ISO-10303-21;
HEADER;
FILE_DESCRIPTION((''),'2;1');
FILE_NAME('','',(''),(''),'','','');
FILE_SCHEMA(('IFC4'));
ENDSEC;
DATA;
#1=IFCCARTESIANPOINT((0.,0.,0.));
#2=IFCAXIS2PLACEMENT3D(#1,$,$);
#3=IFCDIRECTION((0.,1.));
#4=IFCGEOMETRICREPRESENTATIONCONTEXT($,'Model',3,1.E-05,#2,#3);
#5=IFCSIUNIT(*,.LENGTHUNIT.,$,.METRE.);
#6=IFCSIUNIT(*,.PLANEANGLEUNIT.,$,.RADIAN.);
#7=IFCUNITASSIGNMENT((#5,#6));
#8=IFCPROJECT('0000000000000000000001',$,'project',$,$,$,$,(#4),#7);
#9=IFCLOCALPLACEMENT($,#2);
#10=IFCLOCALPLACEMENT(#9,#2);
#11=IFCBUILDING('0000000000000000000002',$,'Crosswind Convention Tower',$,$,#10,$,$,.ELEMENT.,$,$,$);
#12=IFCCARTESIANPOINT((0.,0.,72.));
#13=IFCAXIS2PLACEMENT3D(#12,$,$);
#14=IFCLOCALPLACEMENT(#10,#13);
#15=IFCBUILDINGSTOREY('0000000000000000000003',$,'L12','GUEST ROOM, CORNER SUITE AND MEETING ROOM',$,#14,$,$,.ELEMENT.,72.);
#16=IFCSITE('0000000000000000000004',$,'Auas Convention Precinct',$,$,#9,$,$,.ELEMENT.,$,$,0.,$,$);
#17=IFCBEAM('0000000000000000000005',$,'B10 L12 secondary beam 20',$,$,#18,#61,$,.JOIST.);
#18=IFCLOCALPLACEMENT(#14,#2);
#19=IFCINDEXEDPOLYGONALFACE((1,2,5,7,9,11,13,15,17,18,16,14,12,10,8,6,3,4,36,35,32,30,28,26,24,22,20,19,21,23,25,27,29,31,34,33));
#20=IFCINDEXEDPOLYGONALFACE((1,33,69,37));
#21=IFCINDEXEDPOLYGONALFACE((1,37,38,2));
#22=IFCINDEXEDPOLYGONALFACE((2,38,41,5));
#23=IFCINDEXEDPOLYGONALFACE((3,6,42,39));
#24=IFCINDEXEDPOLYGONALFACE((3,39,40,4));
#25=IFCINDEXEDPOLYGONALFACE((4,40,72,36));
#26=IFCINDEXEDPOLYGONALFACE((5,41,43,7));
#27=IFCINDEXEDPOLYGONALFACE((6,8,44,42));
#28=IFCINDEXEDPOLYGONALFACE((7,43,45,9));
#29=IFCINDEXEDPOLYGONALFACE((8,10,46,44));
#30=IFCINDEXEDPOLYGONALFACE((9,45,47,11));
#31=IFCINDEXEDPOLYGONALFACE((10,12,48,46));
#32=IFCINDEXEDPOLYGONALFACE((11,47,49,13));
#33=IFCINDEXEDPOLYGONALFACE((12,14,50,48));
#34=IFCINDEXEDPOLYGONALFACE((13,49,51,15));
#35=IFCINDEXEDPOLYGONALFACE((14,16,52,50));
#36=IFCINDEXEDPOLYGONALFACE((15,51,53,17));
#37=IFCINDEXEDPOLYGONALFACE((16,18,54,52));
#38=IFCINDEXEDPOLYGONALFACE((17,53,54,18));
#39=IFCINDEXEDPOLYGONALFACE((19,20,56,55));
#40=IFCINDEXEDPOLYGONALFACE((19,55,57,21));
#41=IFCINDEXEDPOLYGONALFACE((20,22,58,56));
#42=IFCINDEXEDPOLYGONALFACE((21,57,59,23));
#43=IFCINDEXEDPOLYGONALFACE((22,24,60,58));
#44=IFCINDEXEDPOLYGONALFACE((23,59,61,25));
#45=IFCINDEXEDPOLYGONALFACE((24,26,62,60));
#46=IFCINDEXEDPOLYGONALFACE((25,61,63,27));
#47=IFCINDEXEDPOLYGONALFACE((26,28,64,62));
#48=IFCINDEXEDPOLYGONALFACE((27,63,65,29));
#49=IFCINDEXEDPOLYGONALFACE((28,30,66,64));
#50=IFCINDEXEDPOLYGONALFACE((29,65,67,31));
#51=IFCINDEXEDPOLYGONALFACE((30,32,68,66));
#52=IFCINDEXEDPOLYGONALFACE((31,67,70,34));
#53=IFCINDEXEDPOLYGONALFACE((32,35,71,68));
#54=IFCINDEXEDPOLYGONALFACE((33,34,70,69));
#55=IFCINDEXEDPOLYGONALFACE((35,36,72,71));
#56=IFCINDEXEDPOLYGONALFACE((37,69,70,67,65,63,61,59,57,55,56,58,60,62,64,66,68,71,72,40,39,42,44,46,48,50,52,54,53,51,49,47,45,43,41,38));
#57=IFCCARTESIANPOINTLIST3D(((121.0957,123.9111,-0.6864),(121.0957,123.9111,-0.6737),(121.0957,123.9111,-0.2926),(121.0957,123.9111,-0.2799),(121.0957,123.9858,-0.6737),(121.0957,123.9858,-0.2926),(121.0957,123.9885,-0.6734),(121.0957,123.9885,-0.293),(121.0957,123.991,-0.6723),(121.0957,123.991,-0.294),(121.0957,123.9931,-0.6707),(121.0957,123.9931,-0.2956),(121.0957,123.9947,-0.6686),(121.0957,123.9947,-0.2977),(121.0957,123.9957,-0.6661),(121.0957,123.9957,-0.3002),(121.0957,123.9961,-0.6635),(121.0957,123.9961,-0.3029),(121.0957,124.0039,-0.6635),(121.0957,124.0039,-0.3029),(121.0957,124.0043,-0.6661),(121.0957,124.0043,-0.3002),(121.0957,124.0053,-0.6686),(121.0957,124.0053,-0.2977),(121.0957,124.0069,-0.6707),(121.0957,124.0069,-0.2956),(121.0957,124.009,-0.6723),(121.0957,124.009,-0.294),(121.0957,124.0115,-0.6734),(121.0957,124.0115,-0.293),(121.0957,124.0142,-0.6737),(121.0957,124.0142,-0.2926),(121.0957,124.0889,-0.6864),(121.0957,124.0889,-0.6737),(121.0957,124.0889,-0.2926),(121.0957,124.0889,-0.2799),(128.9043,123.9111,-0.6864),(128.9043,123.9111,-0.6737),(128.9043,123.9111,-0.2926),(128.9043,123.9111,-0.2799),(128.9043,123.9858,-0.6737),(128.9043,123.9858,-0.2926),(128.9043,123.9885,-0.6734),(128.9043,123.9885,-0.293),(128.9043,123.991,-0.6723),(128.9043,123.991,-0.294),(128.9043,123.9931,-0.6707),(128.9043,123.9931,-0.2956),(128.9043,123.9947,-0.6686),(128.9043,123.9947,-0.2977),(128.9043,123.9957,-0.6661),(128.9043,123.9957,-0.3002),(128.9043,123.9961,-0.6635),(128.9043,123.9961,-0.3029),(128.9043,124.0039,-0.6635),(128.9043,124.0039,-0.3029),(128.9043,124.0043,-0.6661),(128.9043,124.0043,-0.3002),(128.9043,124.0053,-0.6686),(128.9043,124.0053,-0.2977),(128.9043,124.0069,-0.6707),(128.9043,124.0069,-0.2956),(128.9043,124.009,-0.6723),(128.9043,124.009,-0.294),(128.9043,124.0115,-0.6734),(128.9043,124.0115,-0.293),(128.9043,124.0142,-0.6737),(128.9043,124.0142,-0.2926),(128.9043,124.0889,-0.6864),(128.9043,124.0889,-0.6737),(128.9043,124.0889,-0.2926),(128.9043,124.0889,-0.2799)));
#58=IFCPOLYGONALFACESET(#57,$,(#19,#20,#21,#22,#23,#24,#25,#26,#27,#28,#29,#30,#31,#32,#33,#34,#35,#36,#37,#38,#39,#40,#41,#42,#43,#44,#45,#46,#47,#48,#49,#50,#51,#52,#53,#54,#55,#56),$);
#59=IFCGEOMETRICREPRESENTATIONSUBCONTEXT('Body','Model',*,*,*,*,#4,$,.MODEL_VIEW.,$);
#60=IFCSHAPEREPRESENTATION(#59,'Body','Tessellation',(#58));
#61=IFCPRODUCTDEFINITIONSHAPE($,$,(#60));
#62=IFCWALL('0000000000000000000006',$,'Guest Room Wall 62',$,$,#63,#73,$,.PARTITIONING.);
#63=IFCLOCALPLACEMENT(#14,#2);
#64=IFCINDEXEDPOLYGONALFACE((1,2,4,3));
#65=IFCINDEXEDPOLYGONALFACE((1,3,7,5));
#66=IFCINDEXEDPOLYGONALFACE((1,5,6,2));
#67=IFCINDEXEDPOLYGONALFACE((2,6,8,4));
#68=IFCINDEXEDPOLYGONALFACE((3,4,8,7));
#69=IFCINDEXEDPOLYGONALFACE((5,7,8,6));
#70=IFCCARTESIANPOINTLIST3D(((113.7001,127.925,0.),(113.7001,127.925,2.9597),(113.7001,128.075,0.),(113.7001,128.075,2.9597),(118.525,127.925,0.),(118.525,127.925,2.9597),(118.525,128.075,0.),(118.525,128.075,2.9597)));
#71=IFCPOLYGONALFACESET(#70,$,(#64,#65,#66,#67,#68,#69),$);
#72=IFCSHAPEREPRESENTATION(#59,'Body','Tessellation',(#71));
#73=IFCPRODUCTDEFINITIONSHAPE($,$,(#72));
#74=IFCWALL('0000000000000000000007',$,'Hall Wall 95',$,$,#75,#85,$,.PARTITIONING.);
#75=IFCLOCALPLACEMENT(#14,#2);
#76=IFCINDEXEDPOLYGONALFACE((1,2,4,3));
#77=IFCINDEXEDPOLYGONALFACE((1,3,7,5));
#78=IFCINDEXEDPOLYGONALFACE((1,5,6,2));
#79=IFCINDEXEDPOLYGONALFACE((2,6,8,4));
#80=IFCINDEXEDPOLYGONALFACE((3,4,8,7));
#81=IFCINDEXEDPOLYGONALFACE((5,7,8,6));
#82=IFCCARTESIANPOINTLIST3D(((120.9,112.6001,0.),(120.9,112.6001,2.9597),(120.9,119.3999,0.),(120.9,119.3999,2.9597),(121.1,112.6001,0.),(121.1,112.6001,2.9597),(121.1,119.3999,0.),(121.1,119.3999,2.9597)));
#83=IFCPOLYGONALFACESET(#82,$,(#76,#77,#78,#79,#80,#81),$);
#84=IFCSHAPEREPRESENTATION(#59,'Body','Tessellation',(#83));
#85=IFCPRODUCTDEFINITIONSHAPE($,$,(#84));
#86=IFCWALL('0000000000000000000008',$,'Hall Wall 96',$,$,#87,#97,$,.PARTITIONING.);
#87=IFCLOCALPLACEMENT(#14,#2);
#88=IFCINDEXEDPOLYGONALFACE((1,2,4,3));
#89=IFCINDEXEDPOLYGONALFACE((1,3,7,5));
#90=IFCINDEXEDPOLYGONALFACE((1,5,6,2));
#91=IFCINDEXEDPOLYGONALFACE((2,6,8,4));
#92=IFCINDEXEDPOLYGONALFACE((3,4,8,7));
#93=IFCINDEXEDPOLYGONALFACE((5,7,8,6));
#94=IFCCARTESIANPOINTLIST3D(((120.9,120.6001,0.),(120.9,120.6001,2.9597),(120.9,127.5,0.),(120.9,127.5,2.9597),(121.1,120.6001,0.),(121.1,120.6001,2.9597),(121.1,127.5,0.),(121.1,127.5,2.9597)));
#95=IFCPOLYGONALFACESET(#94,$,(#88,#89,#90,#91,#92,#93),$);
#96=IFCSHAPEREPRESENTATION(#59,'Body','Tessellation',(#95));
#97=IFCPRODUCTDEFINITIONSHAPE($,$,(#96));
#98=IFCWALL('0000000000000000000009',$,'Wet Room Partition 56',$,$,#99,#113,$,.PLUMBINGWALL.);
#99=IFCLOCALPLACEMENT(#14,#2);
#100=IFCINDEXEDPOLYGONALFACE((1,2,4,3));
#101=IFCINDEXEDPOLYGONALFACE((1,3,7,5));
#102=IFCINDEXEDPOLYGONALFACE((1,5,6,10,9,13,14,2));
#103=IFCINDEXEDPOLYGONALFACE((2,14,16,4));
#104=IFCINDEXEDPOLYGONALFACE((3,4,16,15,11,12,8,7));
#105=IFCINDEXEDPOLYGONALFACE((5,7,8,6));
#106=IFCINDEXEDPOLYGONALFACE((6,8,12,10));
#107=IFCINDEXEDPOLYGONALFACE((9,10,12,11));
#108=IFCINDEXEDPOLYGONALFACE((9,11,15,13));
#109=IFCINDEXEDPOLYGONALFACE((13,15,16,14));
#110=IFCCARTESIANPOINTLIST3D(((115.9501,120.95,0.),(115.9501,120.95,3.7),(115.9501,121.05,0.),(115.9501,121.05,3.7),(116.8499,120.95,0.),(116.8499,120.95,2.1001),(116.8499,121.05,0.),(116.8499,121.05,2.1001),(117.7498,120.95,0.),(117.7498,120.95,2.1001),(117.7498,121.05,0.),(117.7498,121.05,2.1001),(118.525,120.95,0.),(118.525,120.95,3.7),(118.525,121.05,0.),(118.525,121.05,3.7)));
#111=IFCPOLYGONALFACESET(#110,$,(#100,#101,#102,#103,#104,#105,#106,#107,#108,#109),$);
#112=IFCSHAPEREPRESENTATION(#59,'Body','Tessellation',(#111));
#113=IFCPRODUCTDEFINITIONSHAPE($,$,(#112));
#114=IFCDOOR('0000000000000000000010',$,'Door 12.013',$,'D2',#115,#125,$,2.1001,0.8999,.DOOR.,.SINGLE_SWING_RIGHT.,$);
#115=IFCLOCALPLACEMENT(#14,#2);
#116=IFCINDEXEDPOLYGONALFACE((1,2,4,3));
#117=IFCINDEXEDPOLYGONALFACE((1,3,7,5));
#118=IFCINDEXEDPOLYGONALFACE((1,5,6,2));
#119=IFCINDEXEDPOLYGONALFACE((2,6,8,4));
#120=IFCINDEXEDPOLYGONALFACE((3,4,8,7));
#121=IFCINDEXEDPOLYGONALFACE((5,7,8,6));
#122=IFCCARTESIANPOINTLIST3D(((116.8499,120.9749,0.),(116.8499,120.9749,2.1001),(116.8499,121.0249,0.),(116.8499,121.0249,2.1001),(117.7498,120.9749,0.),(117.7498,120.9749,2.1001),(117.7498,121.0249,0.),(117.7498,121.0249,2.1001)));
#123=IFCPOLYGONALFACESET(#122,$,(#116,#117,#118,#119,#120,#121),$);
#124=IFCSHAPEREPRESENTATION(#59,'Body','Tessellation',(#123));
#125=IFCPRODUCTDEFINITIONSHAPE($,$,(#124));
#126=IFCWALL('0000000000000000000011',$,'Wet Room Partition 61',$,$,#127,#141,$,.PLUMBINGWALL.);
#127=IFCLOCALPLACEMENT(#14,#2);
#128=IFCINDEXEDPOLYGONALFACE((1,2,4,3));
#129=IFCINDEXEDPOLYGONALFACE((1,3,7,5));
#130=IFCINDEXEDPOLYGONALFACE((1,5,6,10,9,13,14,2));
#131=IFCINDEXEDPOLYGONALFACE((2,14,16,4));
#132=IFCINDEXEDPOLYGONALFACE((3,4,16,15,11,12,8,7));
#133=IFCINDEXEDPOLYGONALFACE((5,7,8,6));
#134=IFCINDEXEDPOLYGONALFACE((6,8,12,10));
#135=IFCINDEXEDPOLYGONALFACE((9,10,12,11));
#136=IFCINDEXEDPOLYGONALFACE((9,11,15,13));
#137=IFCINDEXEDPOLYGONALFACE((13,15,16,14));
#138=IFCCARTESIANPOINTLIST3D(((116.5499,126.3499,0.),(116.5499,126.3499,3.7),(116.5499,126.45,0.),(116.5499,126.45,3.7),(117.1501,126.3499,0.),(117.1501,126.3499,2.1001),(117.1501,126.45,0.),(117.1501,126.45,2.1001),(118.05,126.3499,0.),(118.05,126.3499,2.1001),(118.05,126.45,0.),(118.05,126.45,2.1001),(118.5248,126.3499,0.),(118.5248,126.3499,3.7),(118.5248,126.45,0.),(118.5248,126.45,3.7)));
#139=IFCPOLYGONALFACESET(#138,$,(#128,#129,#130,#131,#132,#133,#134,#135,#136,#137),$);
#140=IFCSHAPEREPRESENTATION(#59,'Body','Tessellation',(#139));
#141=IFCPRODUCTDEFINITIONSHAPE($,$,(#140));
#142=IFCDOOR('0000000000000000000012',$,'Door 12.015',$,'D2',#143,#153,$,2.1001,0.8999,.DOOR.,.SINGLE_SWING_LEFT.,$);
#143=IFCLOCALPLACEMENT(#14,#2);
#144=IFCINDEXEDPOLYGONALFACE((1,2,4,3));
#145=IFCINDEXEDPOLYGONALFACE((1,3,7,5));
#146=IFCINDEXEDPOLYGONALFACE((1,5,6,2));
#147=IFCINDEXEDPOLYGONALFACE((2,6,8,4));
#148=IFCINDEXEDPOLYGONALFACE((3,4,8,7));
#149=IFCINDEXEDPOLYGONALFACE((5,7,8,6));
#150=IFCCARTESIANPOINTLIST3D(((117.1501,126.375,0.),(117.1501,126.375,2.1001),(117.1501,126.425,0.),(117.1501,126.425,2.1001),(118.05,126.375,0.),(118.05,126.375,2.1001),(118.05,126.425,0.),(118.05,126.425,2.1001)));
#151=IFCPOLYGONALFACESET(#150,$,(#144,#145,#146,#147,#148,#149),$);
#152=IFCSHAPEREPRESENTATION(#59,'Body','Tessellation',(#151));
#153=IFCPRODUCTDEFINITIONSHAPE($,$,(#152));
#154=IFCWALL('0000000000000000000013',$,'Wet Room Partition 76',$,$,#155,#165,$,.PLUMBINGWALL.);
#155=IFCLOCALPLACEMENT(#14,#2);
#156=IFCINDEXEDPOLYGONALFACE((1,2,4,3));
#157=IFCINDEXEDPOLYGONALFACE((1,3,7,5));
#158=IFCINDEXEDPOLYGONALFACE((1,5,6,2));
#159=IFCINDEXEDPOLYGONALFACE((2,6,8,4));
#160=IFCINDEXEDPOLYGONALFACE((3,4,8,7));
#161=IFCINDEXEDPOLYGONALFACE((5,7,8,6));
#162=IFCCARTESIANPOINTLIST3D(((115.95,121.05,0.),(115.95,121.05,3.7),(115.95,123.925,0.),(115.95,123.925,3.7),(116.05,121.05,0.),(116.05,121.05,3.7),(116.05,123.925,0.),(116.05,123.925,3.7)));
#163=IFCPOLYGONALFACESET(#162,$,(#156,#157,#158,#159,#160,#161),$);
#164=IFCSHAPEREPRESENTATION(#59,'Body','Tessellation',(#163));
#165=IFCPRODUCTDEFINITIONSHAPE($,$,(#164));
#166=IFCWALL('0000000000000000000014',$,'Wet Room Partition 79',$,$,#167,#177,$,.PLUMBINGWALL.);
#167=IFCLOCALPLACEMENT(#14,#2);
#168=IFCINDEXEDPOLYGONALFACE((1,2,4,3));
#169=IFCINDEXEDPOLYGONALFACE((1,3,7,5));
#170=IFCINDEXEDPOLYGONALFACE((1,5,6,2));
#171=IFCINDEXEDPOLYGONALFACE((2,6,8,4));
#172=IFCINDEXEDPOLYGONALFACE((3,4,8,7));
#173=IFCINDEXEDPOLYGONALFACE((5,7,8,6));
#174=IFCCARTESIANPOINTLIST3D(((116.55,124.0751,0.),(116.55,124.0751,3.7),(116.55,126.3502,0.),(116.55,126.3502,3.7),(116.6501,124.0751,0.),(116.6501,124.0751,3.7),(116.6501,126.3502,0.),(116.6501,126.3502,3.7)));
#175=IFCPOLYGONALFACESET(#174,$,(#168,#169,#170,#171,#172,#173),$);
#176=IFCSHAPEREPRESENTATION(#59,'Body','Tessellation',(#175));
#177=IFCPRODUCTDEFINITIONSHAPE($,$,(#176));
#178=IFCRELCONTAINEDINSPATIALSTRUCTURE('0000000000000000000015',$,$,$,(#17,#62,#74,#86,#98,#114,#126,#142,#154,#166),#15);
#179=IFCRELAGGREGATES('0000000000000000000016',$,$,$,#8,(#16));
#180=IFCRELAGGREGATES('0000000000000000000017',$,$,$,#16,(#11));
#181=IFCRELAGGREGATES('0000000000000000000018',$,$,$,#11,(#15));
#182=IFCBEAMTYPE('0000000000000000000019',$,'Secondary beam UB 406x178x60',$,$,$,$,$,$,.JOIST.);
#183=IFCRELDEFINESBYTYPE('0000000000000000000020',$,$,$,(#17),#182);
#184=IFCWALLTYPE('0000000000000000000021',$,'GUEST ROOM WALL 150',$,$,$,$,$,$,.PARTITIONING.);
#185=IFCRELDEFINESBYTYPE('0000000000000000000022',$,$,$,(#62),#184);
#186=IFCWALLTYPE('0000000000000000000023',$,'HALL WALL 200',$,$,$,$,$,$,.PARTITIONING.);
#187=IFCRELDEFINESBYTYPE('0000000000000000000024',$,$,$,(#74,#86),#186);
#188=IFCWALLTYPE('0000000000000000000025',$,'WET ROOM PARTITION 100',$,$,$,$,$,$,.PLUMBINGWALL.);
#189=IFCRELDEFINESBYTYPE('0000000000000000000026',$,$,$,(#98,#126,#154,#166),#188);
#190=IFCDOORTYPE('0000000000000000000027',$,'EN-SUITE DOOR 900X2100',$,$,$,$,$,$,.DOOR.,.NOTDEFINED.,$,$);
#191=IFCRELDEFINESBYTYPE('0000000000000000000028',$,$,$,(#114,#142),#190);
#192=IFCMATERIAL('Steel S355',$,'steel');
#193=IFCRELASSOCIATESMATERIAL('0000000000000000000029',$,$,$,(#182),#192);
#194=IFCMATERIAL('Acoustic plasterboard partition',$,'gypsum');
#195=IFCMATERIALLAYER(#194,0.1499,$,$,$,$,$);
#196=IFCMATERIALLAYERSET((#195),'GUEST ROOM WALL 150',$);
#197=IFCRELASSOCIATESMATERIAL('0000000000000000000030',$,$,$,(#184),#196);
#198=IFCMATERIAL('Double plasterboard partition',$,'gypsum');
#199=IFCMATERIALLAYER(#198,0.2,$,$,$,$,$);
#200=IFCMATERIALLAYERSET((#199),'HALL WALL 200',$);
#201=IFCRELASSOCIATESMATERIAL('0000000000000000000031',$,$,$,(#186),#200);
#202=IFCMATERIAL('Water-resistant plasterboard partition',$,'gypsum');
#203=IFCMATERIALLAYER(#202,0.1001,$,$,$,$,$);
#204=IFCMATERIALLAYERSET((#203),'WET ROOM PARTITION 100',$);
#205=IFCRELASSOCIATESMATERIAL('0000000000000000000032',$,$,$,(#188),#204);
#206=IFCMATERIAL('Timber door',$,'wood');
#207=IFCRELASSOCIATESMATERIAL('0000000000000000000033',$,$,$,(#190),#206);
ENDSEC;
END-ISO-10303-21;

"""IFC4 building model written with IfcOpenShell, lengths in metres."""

from ifc_helpers import new_model, si_unit, direction, frame, frame_2d, origin, origin_2d, place, context, subcontext, project, spatial, rectangle, i_section, extrude, material, layer, layer_set, material_profile, profile_set, type_object, element, fill, save


model = new_model("IFC4")

# Units and contexts
model_context = context("Model", 3, precision=1e-05, world=origin(), true_north=direction((0.0, 1.0)))
body_context = subcontext(model_context, "Body", "Model", "MODEL_VIEW")
ifc_project = project(units=[si_unit("LENGTHUNIT", "METRE"), si_unit("PLANEANGLEUNIT", "RADIAN")], contexts=[model_context])

# Site, building, storey
site_placement = place(None, origin())
site = spatial("IfcSite", under=ifc_project, at=site_placement, Name="Auas Convention Precinct", CompositionType="ELEMENT", RefElevation=0.0)
building_placement = place(site_placement, origin())
building = spatial("IfcBuilding", under=site, at=building_placement, Name="Crosswind Convention Tower", CompositionType="ELEMENT")
storey_placement = place(building_placement, frame((0.0, 0.0, 72.0)))
storey = spatial("IfcBuildingStorey", under=building, at=storey_placement, Name="L12", Description="GUEST ROOM, CORNER SUITE AND MEETING ROOM", CompositionType="ELEMENT", Elevation=72.0)

# Beam
ifc_material_1 = material(Name="Steel S355", Category="steel")
ifc_material_profile_1 = material_profile(ifc_material_1, i_section(OverallWidth=0.1777, OverallDepth=0.4065, WebThickness=0.0078, FlangeThickness=0.0127, FilletRadius=0.0103, at=origin_2d()), Name="UB 406x178x60")
ifc_profile_set_1 = profile_set([ifc_material_profile_1], Name="Steel S355")
beam_type_1 = type_object("IfcBeamType", Name="Secondary beam UB 406x178x60", PredefinedType="JOIST", material=ifc_profile_set_1)
for number, where, z_axis, x_axis, name in (
    (1, (121.0957, 124.0, -0.4832), (1.0, 0.0, 0.0), (0.0, 1.0, 0.0), "B10 L12 secondary beam 20"),
):
    element("IfcBeam", number, at=place(storey_placement, frame(where, z_axis=z_axis, x_axis=x_axis)), inside=storey, type_object=beam_type_1, Name=name, PredefinedType="JOIST", context=body_context, shape_type="SweptSolid", body=[
        extrude(i_section(OverallWidth=0.1777, OverallDepth=0.4065, WebThickness=0.0078, FlangeThickness=0.0127, FilletRadius=0.0103, at=origin_2d()), origin(), (0.0, 0.0, 1.0), 7.8086),
    ])

# Walls
ifc_material_2 = material(Name="Acoustic plasterboard partition", Category="gypsum")
ifc_layer_1 = layer(ifc_material_2, 0.1499)
ifc_layer_set_1 = layer_set([ifc_layer_1], Name="GUEST ROOM WALL 150")
wall_type_1 = type_object("IfcWallType", Name="GUEST ROOM WALL 150", PredefinedType="PARTITIONING", material=ifc_layer_set_1)
wall_1_placement = place(storey_placement, frame((113.7, 128.0, 0.0), z_axis=(0.0, 0.0, 1.0), x_axis=(1.0, 0.0, 0.0)))
element("IfcWall", 2, at=wall_1_placement, inside=storey, type_object=wall_type_1, Name="Guest Room Wall 62", PredefinedType="PARTITIONING", context=body_context, shape_type="SweptSolid", body=[
    extrude(rectangle(XDim=4.825, YDim=0.1499, at=frame_2d((2.4126, 0.0))), origin(), (0.0, 0.0, 1.0), 2.9597),
])
ifc_material_3 = material(Name="Double plasterboard partition", Category="gypsum")
ifc_layer_2 = layer(ifc_material_3, 0.2)
ifc_layer_set_2 = layer_set([ifc_layer_2], Name="HALL WALL 200")
wall_type_2 = type_object("IfcWallType", Name="HALL WALL 200", PredefinedType="PARTITIONING", material=ifc_layer_set_2)
wall_2_placement = place(storey_placement, frame((121.0, 112.6001, 0.0), z_axis=(0.0, 0.0, 1.0), x_axis=(0.0, 1.0, 0.0)))
element("IfcWall", 3, at=wall_2_placement, inside=storey, type_object=wall_type_2, Name="Hall Wall 95", PredefinedType="PARTITIONING", context=body_context, shape_type="SweptSolid", body=[
    extrude(rectangle(XDim=6.7998, YDim=0.2, at=frame_2d((3.3999, 0.0))), origin(), (0.0, 0.0, 1.0), 2.9597),
])
wall_3_placement = place(storey_placement, frame((121.0, 120.6001, 0.0), z_axis=(0.0, 0.0, 1.0), x_axis=(0.0, 1.0, 0.0)))
element("IfcWall", 4, at=wall_3_placement, inside=storey, type_object=wall_type_2, Name="Hall Wall 96", PredefinedType="PARTITIONING", context=body_context, shape_type="SweptSolid", body=[
    extrude(rectangle(XDim=6.8999, YDim=0.2, at=frame_2d((3.45, 0.0))), origin(), (0.0, 0.0, 1.0), 2.9597),
])

# Walls, openings, doors
ifc_material_4 = material(Name="Water-resistant plasterboard partition", Category="gypsum")
ifc_layer_3 = layer(ifc_material_4, 0.1001)
ifc_layer_set_3 = layer_set([ifc_layer_3], Name="WET ROOM PARTITION 100")
wall_type_3 = type_object("IfcWallType", Name="WET ROOM PARTITION 100", PredefinedType="PLUMBINGWALL", material=ifc_layer_set_3)
wall_4_placement = place(storey_placement, frame((115.95, 121.0, 0.0), z_axis=(0.0, 0.0, 1.0), x_axis=(1.0, 0.0, 0.0)))
wall_4 = element("IfcWall", 5, at=wall_4_placement, inside=storey, type_object=wall_type_3, Name="Wet Room Partition 56", PredefinedType="PLUMBINGWALL", context=body_context, shape_type="SweptSolid", body=[
    extrude(rectangle(XDim=2.575, YDim=0.1001, at=frame_2d((1.2876, 0.0))), origin(), (0.0, 0.0, 1.0), 3.7),
])
opening_1_placement = place(wall_4_placement, frame((0.8999, 0.0, 0.0)))
opening_1 = element("IfcOpeningElement", 6, at=opening_1_placement, cuts=wall_4, PredefinedType="OPENING", context=body_context, shape_type="SweptSolid", body=[
    extrude(rectangle(XDim=0.8999, YDim=2.1001, at=frame_2d((0.45, 1.05))), frame((0.0, 0.0601, 0.0), z_axis=(0.0, -1.0, 0.0), x_axis=(1.0, 0.0, 0.0)), (0.0, 0.0, 1.0), 0.1201),
])
ifc_material_5 = material(Name="Timber door", Category="wood")
door_type = type_object("IfcDoorType", Name="EN-SUITE DOOR 900X2100", OperationType="NOTDEFINED", PredefinedType="DOOR", material=ifc_material_5)
door_1_placement = place(opening_1_placement, origin())
door_1 = element("IfcDoor", 7, at=door_1_placement, inside=storey, type_object=door_type, Name="Door 12.013", ObjectType="D2", OperationType="SINGLE_SWING_RIGHT", OverallHeight=2.1001, OverallWidth=0.8999, PredefinedType="DOOR", context=body_context, shape_type="SweptSolid", body=[
    extrude(rectangle(XDim=0.8999, YDim=2.1001, at=frame_2d((0.45, 1.05))), frame((0.0, 0.0249, 0.0), z_axis=(0.0, -1.0, 0.0), x_axis=(1.0, 0.0, 0.0)), (0.0, 0.0, 1.0), 0.05),
])
fill(opening_1, door_1)
wall_5_placement = place(storey_placement, frame((116.55, 126.3999, 0.0), z_axis=(0.0, 0.0, 1.0), x_axis=(1.0, 0.0, 0.0)))
wall_5 = element("IfcWall", 8, at=wall_5_placement, inside=storey, type_object=wall_type_3, Name="Wet Room Partition 61", PredefinedType="PLUMBINGWALL", context=body_context, shape_type="SweptSolid", body=[
    extrude(rectangle(XDim=1.9749, YDim=0.1001, at=frame_2d((0.9873, 0.0))), origin(), (0.0, 0.0, 1.0), 3.7),
])
opening_2_placement = place(wall_5_placement, frame((0.6001, 0.0, 0.0)))
opening_2 = element("IfcOpeningElement", 9, at=opening_2_placement, cuts=wall_5, PredefinedType="OPENING", context=body_context, shape_type="SweptSolid", body=[
    extrude(rectangle(XDim=0.8999, YDim=2.1001, at=frame_2d((0.45, 1.05))), frame((0.0, 0.0601, 0.0), z_axis=(0.0, -1.0, 0.0), x_axis=(1.0, 0.0, 0.0)), (0.0, 0.0, 1.0), 0.1201),
])
door_2_placement = place(opening_2_placement, frame((0.8999, 0.0, 0.0), z_axis=(0.0, 0.0, 1.0), x_axis=(-1.0, 0.0, 0.0)))
door_2 = element("IfcDoor", 10, at=door_2_placement, inside=storey, type_object=door_type, Name="Door 12.015", ObjectType="D2", OperationType="SINGLE_SWING_LEFT", OverallHeight=2.1001, OverallWidth=0.8999, PredefinedType="DOOR", context=body_context, shape_type="SweptSolid", body=[
    extrude(rectangle(XDim=0.8999, YDim=2.1001, at=frame_2d((0.45, 1.05))), frame((0.0, 0.0249, 0.0), z_axis=(0.0, -1.0, 0.0), x_axis=(1.0, 0.0, 0.0)), (0.0, 0.0, 1.0), 0.05),
])
fill(opening_2, door_2)

# Walls
wall_6_placement = place(storey_placement, frame((116.0, 121.05, 0.0), z_axis=(0.0, 0.0, 1.0), x_axis=(0.0, 1.0, 0.0)))
element("IfcWall", 11, at=wall_6_placement, inside=storey, type_object=wall_type_3, Name="Wet Room Partition 76", PredefinedType="PLUMBINGWALL", context=body_context, shape_type="SweptSolid", body=[
    extrude(rectangle(XDim=2.875, YDim=0.1001, at=frame_2d((1.4375, 0.0))), origin(), (0.0, 0.0, 1.0), 3.7),
])
wall_7_placement = place(storey_placement, frame((116.6001, 124.075, 0.0), z_axis=(0.0, 0.0, 1.0), x_axis=(0.0, 1.0, 0.0)))
element("IfcWall", 12, at=wall_7_placement, inside=storey, type_object=wall_type_3, Name="Wet Room Partition 79", PredefinedType="PLUMBINGWALL", context=body_context, shape_type="SweptSolid", body=[
    extrude(rectangle(XDim=2.2751, YDim=0.1001, at=frame_2d((1.1377, 0.0))), origin(), (0.0, 0.0, 1.0), 3.7),
])

save(model, "model.ifc")
